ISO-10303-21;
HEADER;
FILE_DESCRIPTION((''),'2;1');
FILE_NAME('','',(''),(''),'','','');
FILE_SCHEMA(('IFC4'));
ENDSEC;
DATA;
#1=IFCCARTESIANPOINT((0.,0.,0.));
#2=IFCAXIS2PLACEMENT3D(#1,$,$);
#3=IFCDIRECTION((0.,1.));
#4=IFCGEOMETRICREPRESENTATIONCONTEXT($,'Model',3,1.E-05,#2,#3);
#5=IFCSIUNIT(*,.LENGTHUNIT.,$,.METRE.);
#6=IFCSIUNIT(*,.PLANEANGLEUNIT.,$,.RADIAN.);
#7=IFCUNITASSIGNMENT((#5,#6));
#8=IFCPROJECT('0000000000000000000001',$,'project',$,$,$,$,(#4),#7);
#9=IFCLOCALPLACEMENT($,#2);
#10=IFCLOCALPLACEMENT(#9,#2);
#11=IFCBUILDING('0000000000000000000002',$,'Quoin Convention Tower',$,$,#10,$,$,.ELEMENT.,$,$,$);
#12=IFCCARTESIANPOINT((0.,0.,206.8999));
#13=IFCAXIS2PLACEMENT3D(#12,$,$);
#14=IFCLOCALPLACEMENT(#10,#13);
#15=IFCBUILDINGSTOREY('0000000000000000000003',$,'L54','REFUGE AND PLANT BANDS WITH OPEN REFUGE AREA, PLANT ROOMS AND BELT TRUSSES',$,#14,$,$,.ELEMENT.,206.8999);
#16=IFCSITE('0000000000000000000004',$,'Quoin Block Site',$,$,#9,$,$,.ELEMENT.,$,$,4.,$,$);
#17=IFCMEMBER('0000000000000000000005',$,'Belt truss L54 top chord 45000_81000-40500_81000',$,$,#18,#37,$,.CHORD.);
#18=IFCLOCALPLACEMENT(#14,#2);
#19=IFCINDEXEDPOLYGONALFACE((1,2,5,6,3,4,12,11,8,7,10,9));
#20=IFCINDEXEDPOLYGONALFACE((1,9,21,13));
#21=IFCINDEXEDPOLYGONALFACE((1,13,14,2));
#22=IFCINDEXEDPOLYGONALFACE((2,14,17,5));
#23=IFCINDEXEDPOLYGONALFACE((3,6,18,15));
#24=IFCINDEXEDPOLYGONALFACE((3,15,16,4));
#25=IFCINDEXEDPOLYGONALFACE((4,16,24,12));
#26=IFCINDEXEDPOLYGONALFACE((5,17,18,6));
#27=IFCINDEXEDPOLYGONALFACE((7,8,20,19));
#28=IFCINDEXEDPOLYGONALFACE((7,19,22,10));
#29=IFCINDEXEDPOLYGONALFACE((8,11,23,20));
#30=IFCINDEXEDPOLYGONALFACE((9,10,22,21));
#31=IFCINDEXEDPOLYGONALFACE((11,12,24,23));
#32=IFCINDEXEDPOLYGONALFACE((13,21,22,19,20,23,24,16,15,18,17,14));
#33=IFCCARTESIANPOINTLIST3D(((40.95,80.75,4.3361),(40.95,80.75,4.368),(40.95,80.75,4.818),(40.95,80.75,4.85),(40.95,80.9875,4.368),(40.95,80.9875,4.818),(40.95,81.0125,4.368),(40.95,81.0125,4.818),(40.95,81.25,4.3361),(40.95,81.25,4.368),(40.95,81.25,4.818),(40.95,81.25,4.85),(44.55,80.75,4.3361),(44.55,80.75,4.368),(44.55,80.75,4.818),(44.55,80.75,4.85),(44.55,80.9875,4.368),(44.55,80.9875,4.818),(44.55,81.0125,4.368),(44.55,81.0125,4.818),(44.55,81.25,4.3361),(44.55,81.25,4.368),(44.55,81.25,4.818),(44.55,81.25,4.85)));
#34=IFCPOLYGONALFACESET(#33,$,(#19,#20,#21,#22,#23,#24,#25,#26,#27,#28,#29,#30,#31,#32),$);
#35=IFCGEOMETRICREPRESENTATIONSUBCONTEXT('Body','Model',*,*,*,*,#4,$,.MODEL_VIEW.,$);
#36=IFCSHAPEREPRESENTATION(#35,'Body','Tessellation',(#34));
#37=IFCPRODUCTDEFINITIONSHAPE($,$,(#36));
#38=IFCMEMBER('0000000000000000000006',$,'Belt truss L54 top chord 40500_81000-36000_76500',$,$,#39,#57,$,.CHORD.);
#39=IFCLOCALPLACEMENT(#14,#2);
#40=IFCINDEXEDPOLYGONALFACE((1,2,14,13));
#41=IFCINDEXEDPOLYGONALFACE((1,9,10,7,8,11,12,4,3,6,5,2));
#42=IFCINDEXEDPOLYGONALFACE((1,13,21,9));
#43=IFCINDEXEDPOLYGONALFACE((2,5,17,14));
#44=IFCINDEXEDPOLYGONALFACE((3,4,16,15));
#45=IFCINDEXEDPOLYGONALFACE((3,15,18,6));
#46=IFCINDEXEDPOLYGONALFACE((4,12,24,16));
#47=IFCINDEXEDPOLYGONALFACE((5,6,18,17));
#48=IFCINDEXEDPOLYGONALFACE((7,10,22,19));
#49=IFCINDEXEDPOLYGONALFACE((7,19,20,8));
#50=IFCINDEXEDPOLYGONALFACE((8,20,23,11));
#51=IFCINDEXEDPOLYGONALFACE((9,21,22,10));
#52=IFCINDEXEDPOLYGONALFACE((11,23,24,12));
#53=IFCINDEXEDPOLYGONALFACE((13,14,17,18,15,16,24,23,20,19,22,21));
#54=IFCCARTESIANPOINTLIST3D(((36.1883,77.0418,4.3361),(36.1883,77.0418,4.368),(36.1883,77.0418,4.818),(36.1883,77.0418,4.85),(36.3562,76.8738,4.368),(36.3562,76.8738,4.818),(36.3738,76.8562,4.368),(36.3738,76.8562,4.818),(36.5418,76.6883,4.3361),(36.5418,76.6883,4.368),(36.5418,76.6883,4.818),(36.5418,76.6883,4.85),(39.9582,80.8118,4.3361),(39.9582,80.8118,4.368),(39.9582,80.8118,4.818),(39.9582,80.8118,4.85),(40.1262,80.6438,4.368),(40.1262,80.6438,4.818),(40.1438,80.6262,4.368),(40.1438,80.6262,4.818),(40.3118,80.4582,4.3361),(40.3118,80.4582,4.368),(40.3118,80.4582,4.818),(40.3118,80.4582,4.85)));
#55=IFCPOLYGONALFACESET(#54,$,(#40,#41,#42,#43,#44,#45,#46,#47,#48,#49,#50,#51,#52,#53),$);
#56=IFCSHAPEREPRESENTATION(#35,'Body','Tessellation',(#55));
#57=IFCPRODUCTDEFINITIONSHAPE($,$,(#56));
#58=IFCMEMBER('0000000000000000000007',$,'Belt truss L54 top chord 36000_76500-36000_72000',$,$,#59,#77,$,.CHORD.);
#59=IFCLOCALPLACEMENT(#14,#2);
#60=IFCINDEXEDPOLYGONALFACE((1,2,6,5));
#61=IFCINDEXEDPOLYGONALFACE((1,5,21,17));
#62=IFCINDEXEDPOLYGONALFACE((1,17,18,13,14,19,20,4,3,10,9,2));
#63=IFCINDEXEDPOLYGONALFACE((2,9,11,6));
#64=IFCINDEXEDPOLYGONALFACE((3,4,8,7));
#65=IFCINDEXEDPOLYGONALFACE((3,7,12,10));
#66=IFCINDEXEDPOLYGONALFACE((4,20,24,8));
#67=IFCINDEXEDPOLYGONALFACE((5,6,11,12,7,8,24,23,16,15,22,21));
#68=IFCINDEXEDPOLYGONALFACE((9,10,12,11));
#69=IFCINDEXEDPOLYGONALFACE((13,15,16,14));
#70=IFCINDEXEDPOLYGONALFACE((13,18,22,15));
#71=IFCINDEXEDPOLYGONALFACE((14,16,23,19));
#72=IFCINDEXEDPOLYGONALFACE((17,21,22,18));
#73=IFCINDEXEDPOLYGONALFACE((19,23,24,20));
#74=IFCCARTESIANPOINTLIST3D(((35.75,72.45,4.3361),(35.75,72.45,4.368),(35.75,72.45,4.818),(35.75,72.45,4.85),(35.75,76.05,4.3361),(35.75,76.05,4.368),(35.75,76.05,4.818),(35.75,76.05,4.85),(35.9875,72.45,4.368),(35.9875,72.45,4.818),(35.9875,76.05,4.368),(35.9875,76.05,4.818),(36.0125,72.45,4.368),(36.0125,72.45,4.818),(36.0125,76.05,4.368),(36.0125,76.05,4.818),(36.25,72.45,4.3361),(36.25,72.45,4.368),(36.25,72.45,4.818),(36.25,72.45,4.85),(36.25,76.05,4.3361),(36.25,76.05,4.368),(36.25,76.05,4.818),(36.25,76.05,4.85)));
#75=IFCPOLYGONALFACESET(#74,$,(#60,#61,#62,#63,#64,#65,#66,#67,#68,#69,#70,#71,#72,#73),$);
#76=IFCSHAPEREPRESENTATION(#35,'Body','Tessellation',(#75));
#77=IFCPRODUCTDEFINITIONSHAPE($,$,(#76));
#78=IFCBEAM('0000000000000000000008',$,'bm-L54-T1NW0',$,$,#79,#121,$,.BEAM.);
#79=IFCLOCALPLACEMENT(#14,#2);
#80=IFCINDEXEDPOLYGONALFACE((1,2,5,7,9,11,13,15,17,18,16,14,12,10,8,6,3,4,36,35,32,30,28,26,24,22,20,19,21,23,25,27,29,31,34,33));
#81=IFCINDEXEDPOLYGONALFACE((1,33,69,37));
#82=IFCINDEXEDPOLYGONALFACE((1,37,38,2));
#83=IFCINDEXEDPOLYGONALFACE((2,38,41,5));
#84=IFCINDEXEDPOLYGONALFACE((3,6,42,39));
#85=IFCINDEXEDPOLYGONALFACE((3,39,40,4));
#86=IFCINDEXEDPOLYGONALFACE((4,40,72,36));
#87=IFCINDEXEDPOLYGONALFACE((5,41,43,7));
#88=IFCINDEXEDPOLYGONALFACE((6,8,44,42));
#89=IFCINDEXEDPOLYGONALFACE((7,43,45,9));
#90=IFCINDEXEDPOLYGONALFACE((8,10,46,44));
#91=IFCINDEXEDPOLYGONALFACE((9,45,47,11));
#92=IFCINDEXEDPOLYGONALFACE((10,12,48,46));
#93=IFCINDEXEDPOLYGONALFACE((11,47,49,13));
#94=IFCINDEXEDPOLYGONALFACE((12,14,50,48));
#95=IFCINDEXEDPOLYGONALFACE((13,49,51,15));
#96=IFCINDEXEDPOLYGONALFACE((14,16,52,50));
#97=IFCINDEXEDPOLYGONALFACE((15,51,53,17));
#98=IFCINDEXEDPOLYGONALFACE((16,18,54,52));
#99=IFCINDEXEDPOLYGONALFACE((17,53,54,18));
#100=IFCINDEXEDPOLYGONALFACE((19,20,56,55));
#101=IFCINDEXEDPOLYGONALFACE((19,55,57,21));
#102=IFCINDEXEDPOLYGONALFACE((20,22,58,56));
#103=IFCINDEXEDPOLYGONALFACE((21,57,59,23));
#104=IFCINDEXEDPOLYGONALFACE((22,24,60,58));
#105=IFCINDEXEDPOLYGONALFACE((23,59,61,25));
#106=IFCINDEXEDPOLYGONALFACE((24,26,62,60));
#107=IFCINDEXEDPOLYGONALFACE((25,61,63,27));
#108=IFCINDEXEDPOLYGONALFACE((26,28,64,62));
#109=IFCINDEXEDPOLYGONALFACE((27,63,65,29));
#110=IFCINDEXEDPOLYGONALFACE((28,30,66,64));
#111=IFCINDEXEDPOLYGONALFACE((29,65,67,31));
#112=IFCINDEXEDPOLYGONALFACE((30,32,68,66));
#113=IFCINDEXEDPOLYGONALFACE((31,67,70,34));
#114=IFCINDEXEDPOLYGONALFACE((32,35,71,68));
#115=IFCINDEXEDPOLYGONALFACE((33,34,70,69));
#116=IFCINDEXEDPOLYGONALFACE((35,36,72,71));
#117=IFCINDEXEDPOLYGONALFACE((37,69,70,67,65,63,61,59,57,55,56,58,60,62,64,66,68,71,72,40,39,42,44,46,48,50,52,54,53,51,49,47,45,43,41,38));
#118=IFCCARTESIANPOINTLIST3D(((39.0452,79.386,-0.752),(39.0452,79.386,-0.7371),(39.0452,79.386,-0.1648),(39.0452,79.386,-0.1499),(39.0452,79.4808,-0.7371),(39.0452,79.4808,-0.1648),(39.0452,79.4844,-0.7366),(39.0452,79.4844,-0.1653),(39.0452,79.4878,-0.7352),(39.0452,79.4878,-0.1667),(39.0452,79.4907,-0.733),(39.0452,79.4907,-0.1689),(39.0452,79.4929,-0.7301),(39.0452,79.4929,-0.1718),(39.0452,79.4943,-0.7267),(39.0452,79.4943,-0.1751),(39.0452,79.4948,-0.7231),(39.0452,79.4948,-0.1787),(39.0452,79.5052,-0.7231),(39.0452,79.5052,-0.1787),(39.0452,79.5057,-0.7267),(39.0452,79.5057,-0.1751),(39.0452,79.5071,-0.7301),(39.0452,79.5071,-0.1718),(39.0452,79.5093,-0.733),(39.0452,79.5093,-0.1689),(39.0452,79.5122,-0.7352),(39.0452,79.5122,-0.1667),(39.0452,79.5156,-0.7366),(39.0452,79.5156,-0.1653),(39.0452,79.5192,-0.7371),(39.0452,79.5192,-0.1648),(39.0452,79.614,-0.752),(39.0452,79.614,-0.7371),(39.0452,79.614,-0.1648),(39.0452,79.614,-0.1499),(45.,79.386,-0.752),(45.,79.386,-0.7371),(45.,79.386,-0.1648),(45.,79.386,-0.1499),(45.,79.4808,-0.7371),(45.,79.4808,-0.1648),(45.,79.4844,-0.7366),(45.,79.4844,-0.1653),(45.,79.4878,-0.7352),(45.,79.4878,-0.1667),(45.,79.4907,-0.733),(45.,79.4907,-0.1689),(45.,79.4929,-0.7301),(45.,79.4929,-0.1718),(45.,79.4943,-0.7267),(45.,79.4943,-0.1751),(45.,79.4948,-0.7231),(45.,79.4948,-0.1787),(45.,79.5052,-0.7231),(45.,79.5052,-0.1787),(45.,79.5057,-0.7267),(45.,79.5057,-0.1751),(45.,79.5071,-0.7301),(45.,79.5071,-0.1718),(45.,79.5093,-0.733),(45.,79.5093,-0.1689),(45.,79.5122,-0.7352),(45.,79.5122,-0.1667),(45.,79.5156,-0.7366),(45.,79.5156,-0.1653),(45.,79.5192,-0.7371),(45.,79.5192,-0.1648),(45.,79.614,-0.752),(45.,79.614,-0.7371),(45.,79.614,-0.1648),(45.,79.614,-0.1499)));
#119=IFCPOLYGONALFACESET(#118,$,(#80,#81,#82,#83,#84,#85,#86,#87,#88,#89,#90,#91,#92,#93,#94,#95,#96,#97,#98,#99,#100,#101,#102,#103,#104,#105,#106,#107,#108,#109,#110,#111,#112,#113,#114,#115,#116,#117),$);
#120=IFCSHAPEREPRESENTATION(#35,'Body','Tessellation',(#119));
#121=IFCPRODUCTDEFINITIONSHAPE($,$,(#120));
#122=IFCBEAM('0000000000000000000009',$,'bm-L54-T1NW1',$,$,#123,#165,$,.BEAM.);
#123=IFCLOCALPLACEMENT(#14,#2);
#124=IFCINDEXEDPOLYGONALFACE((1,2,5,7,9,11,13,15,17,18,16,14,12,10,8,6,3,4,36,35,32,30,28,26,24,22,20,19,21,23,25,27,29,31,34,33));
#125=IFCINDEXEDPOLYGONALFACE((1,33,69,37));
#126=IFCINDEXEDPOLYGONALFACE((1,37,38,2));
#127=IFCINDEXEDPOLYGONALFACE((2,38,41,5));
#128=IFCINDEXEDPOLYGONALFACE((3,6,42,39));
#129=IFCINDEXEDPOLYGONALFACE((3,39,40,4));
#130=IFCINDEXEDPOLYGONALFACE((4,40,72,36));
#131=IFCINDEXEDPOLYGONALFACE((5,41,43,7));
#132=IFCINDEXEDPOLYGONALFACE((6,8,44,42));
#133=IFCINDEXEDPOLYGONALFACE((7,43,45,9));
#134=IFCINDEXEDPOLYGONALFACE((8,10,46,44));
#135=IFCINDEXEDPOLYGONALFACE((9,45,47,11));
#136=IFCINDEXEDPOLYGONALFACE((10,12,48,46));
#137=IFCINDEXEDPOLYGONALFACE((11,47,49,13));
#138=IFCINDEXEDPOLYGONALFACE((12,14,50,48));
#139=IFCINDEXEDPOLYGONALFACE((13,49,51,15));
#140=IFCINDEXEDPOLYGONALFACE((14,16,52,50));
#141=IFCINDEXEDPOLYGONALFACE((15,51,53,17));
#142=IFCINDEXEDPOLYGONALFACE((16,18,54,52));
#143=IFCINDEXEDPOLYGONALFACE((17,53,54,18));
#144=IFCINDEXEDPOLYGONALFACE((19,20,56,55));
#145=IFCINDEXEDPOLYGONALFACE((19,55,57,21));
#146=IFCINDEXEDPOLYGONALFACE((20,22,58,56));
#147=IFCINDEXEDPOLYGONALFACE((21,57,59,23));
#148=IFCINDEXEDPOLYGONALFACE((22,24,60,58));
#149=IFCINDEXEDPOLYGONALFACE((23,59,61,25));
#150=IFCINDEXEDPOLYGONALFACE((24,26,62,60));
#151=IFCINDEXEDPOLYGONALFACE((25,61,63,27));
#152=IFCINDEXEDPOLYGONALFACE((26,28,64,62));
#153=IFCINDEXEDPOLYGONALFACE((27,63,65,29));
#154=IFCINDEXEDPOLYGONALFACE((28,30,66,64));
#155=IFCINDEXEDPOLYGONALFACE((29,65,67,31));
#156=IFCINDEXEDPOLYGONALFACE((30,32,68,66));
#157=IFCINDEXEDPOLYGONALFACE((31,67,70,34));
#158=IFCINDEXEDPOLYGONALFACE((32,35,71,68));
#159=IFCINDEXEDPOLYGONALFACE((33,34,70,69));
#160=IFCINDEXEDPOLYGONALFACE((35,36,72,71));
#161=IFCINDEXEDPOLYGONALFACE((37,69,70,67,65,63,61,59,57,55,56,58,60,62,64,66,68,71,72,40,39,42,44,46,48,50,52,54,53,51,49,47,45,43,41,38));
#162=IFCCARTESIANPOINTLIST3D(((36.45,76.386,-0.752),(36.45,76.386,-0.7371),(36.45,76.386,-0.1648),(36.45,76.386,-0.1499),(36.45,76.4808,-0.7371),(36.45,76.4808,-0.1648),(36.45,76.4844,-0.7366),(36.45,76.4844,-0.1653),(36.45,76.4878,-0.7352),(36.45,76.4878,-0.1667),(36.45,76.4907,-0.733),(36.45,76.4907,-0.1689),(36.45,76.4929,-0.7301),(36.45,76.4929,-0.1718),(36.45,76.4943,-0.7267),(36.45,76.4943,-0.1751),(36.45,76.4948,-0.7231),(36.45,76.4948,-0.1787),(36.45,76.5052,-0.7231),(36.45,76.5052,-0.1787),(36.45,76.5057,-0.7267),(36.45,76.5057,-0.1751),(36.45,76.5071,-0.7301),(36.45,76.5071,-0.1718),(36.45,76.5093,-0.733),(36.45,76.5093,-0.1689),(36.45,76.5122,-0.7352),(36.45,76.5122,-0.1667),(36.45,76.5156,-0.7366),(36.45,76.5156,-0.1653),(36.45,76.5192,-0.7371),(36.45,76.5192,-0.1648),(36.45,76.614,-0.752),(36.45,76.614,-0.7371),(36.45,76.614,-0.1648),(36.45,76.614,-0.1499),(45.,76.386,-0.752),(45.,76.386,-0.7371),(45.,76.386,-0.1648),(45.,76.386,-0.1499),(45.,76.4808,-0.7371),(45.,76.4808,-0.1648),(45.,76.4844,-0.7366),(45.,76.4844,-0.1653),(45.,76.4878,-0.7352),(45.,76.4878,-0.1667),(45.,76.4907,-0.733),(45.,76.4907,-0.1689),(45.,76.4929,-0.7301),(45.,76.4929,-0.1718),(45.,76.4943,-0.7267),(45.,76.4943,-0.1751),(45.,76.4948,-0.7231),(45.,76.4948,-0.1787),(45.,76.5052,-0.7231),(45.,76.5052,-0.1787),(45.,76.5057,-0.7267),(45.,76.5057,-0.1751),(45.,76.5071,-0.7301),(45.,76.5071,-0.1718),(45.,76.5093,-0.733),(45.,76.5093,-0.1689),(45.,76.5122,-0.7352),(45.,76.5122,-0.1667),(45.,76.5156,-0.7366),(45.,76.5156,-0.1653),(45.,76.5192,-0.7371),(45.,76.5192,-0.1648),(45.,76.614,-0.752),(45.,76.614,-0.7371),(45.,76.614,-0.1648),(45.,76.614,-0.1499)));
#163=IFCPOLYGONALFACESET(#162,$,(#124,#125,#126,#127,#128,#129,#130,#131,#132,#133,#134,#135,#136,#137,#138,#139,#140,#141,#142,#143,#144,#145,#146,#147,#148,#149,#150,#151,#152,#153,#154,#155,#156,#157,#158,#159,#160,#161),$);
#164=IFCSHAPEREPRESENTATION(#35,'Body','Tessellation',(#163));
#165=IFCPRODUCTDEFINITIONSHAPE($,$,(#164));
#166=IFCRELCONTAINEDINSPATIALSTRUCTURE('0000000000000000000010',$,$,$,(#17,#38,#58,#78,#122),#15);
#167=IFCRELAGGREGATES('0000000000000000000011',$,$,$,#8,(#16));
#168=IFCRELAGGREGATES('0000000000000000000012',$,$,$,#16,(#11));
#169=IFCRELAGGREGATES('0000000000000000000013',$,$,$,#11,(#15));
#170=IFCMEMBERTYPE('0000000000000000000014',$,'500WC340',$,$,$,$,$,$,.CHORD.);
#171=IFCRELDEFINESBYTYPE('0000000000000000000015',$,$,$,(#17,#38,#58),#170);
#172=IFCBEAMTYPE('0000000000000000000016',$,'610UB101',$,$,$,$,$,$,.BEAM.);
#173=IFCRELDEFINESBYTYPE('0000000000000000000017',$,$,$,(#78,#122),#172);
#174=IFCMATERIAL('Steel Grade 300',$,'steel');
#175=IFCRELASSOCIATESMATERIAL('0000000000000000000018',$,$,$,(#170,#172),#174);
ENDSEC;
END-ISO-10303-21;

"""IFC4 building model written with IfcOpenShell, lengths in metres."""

from ifc_helpers import new_model, si_unit, direction, frame, origin, origin_2d, place, context, subcontext, project, spatial, i_section, extrude, material, material_profile, profile_set, type_object, element, save


model = new_model("IFC4")

# Units and contexts
model_context = context("Model", 3, precision=1e-05, world=origin(), true_north=direction((0.0, 1.0)))
body_context = subcontext(model_context, "Body", "Model", "MODEL_VIEW")
ifc_project = project(units=[si_unit("LENGTHUNIT", "METRE"), si_unit("PLANEANGLEUNIT", "RADIAN")], contexts=[model_context])

# Site, building, storey
site_placement = place(None, origin())
site = spatial("IfcSite", under=ifc_project, at=site_placement, Name="Quoin Block Site", CompositionType="ELEMENT", RefElevation=4.0)
building_placement = place(site_placement, origin())
building = spatial("IfcBuilding", under=site, at=building_placement, Name="Quoin Convention Tower", CompositionType="ELEMENT")
storey_placement = place(building_placement, frame((0.0, 0.0, 206.8999)))
storey = spatial("IfcBuildingStorey", under=building, at=storey_placement, Name="L54", Description="REFUGE AND PLANT BANDS WITH OPEN REFUGE AREA, PLANT ROOMS AND BELT TRUSSES", CompositionType="ELEMENT", Elevation=206.8999)

# Members
ifc_material_1 = material(Name="Steel Grade 300", Category="steel")
ifc_material_profile_1 = material_profile(ifc_material_1, i_section(OverallWidth=0.5, OverallDepth=0.5139, WebThickness=0.0249, FlangeThickness=0.032, at=origin_2d()), Name="500WC340")
ifc_profile_set_1 = profile_set([ifc_material_profile_1], Name="Steel Grade 300")
member_type_1 = type_object("IfcMemberType", Name="500WC340", PredefinedType="CHORD", material=ifc_profile_set_1)
for number, where, z_axis, x_axis, name in (
    (1, (44.55, 81.0, 4.593), (-1.0, 0.0, 0.0), (0.0, -1.0, 0.0), "Belt truss L54 top chord 45000_81000-40500_81000"),
):
    element("IfcMember", number, at=place(storey_placement, frame(where, z_axis=z_axis, x_axis=x_axis)), inside=storey, type_object=member_type_1, Name=name, PredefinedType="CHORD", context=body_context, shape_type="SweptSolid", body=[
        extrude(i_section(OverallWidth=0.5, OverallDepth=0.5139, WebThickness=0.0249, FlangeThickness=0.032, at=origin_2d()), origin(), (0.0, 0.0, 1.0), 3.6001),
    ])
member_1_placement = place(storey_placement, frame((40.135, 80.635, 4.593), z_axis=(-0.707107, -0.707107, 0.0), x_axis=(0.707107, -0.707107, 0.0)))
element("IfcMember", 2, at=member_1_placement, inside=storey, type_object=member_type_1, Name="Belt truss L54 top chord 40500_81000-36000_76500", PredefinedType="CHORD", context=body_context, shape_type="SweptSolid", body=[
    extrude(i_section(OverallWidth=0.5, OverallDepth=0.5139, WebThickness=0.0249, FlangeThickness=0.032, at=origin_2d()), origin(), (0.0, 0.0, 1.0), 5.3315),
])
member_2_placement = place(storey_placement, frame((36.0, 76.05, 4.593), z_axis=(0.0, -1.0, 0.0), x_axis=(1.0, 0.0, 0.0)))
element("IfcMember", 3, at=member_2_placement, inside=storey, type_object=member_type_1, Name="Belt truss L54 top chord 36000_76500-36000_72000", PredefinedType="CHORD", context=body_context, shape_type="SweptSolid", body=[
    extrude(i_section(OverallWidth=0.5, OverallDepth=0.5139, WebThickness=0.0249, FlangeThickness=0.032, at=origin_2d()), origin(), (0.0, 0.0, 1.0), 3.6001),
])

# Beams
ifc_material_profile_2 = material_profile(ifc_material_1, i_section(OverallWidth=0.228, OverallDepth=0.6021, WebThickness=0.0105, FlangeThickness=0.0149, FilletRadius=0.0139, at=origin_2d()), Name="610UB101")
ifc_profile_set_2 = profile_set([ifc_material_profile_2], Name="Steel Grade 300")
beam_type_1 = type_object("IfcBeamType", Name="610UB101", PredefinedType="BEAM", material=ifc_profile_set_2)
beam_1_placement = place(storey_placement, frame((39.0452, 79.5, -0.4509), z_axis=(1.0, 0.0, 0.0), x_axis=(0.0, 1.0, 0.0)))
element("IfcBeam", 4, at=beam_1_placement, inside=storey, type_object=beam_type_1, Name="bm-L54-T1NW0", PredefinedType="BEAM", context=body_context, shape_type="SweptSolid", body=[
    extrude(i_section(OverallWidth=0.228, OverallDepth=0.6021, WebThickness=0.0105, FlangeThickness=0.0149, FilletRadius=0.0139, at=origin_2d()), origin(), (0.0, 0.0, 1.0), 5.9548),
])
beam_2_placement = place(storey_placement, frame((36.45, 76.5, -0.4509), z_axis=(1.0, 0.0, 0.0), x_axis=(0.0, 1.0, 0.0)))
element("IfcBeam", 5, at=beam_2_placement, inside=storey, type_object=beam_type_1, Name="bm-L54-T1NW1", PredefinedType="BEAM", context=body_context, shape_type="SweptSolid", body=[
    extrude(i_section(OverallWidth=0.228, OverallDepth=0.6021, WebThickness=0.0105, FlangeThickness=0.0149, FilletRadius=0.0139, at=origin_2d()), origin(), (0.0, 0.0, 1.0), 8.55),
])

save(model, "model.ifc")
